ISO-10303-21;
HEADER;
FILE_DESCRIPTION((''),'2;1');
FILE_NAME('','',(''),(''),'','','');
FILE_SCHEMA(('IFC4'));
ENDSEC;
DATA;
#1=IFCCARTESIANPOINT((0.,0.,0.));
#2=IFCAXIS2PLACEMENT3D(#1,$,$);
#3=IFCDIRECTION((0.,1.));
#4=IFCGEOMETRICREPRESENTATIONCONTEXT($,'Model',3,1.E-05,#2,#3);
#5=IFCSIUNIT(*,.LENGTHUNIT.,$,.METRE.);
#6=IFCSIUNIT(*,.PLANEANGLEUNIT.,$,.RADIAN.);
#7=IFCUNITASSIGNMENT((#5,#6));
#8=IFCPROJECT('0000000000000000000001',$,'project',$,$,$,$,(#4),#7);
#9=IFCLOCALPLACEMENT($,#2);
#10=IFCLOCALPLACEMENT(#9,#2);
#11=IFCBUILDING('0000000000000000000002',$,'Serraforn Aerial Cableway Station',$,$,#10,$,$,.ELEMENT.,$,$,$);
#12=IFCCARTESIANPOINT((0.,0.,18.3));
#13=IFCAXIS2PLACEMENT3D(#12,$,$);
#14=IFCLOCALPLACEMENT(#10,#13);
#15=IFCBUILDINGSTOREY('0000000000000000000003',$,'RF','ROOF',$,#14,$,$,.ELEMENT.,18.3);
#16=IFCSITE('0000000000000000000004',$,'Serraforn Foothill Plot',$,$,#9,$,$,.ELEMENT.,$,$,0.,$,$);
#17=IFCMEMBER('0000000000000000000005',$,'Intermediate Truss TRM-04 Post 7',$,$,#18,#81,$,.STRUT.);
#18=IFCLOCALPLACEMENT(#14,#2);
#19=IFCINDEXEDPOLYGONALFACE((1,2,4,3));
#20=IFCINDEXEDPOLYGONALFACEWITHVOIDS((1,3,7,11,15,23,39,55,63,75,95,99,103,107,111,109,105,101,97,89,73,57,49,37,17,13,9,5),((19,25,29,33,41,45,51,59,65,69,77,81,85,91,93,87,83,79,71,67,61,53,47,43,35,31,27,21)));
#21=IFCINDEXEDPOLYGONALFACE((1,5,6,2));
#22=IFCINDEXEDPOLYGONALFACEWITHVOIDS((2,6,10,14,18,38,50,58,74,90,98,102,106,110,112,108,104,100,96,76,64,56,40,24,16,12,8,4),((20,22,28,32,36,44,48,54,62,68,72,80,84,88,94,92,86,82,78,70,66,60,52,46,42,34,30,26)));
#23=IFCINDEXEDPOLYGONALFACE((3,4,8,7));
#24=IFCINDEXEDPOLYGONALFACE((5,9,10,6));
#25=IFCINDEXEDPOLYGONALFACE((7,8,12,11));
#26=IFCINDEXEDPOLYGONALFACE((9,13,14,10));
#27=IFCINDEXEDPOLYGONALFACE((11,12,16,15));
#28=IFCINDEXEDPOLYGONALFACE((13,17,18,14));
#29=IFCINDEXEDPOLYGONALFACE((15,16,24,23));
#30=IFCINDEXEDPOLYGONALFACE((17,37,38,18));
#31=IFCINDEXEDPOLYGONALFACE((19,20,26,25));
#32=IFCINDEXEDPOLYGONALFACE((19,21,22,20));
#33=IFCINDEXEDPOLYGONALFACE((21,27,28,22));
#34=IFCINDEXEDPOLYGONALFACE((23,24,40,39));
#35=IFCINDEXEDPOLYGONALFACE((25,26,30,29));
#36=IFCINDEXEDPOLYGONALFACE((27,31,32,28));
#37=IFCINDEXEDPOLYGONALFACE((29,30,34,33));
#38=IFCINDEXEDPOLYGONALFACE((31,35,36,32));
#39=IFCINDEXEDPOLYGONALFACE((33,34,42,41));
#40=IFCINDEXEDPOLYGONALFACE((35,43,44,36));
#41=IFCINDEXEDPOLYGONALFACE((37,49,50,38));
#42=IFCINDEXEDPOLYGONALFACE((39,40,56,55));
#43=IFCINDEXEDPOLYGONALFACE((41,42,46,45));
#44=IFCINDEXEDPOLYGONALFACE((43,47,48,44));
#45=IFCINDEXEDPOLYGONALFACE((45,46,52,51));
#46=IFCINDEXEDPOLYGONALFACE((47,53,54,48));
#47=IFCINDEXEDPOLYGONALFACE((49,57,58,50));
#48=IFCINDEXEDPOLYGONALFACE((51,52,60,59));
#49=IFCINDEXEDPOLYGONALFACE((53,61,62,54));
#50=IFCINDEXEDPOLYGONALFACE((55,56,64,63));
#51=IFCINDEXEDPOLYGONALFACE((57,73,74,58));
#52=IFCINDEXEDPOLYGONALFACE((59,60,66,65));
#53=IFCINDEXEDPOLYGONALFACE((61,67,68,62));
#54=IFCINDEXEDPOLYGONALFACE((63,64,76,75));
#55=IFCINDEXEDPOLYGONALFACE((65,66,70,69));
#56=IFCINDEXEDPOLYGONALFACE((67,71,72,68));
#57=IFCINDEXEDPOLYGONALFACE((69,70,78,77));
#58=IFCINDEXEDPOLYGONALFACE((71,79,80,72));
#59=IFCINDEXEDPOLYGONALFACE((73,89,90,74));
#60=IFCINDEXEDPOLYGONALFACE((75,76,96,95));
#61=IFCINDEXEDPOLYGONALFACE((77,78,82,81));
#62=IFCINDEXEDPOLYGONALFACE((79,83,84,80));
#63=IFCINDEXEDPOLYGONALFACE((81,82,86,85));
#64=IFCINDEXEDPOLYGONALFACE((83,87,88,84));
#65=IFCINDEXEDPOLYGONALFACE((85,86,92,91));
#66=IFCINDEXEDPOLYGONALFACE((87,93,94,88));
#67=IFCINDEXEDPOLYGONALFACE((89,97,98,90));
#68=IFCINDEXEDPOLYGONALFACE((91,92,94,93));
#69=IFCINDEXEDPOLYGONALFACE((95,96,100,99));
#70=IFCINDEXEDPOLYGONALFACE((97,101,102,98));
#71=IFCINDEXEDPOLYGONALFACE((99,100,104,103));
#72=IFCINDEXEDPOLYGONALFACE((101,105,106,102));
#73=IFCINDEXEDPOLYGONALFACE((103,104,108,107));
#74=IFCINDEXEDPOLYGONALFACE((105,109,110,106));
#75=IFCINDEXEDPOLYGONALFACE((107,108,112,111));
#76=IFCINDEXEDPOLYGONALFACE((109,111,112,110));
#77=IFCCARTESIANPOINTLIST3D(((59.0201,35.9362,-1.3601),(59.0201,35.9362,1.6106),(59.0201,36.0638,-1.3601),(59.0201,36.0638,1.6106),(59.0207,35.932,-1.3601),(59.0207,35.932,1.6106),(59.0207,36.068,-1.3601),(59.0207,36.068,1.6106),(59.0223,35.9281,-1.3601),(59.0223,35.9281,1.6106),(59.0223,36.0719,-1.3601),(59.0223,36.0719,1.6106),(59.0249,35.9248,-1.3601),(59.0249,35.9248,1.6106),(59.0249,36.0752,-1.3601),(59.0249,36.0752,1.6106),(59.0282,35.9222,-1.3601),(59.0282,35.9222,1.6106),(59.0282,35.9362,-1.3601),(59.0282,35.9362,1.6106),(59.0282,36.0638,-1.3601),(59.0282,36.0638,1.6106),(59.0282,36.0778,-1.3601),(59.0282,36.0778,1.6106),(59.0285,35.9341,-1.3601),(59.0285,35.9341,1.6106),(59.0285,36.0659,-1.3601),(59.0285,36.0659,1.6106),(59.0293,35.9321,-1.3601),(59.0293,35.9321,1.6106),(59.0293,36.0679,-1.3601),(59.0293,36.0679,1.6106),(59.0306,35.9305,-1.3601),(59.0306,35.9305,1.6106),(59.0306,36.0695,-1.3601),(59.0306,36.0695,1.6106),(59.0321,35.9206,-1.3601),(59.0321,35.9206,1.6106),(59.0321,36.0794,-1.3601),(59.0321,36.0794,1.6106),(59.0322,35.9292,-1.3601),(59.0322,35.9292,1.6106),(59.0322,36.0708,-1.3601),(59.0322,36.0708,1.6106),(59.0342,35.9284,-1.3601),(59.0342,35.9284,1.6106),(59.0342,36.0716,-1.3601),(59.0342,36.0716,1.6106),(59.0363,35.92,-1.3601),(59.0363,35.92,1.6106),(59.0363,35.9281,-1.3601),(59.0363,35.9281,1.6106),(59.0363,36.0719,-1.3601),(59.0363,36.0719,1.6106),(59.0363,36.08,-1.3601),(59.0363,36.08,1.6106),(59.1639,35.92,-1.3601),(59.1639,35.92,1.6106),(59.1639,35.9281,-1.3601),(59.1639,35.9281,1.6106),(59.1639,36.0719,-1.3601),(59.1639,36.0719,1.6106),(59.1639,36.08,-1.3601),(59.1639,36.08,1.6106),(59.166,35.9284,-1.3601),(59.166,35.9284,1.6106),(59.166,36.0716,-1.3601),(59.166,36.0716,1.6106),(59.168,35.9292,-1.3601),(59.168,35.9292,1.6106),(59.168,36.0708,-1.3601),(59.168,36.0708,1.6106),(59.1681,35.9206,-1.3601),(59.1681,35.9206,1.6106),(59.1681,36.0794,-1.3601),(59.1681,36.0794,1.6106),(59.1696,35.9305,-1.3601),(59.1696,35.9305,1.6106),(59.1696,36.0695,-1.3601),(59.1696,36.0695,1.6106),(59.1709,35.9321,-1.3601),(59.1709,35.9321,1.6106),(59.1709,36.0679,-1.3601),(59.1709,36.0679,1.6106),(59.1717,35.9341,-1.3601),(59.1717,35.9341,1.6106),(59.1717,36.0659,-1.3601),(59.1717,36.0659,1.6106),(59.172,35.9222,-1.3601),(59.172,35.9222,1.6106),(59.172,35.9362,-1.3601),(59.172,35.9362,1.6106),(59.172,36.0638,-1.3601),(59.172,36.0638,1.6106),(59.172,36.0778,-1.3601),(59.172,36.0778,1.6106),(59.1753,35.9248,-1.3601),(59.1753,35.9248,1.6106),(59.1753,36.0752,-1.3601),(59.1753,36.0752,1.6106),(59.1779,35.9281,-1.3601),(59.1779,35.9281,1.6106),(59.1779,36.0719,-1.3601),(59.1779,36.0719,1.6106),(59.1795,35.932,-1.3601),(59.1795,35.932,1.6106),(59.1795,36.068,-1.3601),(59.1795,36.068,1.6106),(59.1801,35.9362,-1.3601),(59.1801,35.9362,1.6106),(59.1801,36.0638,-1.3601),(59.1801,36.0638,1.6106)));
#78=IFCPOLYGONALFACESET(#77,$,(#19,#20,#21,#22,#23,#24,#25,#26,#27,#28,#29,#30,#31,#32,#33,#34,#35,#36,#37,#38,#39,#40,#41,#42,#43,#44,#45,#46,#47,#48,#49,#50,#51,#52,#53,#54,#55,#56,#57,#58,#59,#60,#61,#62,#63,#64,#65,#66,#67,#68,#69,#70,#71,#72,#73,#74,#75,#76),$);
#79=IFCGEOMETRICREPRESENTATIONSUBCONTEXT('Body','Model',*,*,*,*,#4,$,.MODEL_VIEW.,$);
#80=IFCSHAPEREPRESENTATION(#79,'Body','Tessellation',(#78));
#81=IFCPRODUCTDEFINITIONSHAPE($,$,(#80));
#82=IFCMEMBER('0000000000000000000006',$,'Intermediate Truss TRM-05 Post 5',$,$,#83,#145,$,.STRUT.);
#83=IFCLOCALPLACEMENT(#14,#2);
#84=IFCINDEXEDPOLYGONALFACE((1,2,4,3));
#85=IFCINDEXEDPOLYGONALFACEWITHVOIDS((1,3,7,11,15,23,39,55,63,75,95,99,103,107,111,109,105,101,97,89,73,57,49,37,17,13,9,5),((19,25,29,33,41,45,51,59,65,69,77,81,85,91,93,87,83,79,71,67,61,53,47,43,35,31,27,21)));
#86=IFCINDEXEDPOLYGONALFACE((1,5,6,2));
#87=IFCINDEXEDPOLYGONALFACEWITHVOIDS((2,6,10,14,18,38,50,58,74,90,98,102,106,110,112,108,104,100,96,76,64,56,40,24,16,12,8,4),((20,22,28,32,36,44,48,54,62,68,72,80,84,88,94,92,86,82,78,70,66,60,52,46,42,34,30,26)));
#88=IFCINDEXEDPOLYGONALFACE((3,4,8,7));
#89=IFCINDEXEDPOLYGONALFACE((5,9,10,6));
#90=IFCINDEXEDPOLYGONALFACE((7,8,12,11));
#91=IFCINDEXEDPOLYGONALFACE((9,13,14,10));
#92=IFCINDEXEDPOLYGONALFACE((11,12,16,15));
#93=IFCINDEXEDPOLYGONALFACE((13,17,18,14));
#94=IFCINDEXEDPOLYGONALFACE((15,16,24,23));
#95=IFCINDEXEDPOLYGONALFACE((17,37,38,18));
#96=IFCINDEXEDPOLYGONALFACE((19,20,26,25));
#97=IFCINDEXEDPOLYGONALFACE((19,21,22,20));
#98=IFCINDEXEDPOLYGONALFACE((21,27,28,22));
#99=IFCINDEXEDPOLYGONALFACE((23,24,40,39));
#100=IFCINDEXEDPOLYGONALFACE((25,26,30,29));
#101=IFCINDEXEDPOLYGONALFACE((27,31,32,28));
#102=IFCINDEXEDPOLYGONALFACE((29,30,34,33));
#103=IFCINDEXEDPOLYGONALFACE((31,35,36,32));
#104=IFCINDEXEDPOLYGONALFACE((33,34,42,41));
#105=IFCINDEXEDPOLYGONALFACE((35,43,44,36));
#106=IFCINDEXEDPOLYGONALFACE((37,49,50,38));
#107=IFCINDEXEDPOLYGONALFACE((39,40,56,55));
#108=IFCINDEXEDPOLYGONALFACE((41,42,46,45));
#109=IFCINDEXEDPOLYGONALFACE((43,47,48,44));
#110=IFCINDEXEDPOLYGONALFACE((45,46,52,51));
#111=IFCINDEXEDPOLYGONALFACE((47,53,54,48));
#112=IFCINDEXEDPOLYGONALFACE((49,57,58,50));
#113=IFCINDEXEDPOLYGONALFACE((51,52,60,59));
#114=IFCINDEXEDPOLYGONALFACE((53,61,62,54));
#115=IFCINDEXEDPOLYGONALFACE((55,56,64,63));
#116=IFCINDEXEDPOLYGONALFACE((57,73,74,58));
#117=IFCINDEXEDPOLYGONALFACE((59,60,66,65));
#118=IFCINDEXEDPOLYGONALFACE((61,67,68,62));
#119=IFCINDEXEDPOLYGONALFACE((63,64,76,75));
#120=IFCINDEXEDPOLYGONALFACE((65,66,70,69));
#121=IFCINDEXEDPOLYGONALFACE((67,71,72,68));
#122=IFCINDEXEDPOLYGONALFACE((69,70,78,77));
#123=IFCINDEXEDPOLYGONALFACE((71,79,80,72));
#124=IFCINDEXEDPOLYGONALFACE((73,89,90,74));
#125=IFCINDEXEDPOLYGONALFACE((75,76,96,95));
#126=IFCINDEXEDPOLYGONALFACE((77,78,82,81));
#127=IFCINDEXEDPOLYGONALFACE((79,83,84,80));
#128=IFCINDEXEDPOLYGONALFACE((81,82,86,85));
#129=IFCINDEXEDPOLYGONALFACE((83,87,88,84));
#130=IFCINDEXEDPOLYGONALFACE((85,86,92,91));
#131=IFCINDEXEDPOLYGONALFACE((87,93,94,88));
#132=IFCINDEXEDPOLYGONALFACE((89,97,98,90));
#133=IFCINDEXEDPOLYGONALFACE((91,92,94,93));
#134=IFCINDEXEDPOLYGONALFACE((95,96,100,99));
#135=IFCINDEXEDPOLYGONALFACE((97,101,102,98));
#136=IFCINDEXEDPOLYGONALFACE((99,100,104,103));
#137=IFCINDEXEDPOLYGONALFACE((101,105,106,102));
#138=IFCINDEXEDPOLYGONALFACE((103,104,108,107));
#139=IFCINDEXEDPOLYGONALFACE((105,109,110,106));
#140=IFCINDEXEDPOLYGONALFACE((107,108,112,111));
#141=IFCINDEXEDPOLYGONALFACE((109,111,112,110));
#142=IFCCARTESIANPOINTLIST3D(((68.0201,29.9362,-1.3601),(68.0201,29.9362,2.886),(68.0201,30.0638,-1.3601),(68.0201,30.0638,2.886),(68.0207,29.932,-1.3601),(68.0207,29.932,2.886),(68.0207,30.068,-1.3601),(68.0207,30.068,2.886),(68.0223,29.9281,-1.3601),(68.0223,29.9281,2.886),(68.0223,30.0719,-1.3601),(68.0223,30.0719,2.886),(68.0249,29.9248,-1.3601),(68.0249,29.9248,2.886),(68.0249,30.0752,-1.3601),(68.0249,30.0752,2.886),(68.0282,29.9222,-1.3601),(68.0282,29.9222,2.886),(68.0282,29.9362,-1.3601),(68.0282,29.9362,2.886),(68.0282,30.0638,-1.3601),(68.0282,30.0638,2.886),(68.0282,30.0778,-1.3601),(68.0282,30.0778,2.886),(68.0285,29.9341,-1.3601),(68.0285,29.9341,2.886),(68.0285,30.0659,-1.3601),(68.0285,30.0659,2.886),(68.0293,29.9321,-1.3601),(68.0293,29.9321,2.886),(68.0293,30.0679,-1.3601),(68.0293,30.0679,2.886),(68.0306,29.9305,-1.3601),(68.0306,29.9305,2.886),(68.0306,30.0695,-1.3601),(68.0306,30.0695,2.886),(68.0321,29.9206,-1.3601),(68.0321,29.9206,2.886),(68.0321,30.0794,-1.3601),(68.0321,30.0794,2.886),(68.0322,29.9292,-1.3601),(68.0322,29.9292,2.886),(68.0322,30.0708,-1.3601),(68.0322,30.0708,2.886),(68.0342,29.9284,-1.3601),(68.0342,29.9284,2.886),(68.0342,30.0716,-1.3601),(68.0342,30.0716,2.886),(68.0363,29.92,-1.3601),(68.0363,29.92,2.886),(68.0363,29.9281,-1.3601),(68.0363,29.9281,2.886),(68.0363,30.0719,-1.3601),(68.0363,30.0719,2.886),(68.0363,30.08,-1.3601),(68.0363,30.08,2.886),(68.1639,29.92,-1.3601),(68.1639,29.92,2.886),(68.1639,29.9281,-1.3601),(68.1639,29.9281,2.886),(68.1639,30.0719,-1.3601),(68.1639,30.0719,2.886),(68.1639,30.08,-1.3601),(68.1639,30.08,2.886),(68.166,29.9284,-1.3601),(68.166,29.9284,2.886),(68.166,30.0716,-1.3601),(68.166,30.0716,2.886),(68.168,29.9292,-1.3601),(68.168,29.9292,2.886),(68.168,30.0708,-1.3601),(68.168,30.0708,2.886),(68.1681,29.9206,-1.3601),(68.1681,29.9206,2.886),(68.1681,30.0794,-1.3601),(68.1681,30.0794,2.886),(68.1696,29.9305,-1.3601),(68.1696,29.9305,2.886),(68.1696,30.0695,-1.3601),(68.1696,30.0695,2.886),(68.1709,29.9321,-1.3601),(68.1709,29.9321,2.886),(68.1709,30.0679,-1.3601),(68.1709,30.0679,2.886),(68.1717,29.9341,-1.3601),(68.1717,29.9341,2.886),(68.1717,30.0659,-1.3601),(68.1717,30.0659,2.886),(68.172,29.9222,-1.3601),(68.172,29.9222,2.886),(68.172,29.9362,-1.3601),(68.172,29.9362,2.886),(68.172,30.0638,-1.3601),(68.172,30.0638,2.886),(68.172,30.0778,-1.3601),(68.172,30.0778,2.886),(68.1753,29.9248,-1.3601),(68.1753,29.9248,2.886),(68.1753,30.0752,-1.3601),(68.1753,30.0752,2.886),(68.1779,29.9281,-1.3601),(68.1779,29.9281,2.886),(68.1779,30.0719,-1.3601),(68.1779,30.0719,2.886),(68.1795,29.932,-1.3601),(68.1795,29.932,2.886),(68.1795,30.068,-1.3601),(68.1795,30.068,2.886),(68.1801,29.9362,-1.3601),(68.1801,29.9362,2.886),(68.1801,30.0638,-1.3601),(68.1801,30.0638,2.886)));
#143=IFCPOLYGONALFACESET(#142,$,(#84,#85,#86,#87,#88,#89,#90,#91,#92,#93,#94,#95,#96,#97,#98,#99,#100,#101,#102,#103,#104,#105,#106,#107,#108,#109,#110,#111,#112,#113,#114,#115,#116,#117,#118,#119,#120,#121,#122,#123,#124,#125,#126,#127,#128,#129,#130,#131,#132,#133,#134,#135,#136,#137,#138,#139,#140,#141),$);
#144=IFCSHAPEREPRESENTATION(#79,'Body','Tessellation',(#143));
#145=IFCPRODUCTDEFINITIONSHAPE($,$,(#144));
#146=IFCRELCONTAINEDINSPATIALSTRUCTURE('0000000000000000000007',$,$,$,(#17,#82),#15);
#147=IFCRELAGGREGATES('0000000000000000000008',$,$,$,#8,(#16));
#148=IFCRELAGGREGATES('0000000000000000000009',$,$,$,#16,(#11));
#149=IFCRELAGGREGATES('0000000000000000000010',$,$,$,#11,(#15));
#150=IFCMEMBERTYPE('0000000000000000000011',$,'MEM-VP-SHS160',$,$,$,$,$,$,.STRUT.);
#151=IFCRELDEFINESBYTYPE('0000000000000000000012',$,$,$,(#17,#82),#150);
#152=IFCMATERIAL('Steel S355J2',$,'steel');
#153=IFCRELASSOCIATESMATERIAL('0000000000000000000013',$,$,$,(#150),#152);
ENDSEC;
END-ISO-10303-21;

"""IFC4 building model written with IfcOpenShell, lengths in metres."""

from ifc_helpers import new_model, si_unit, direction, frame, origin, origin_2d, place, context, subcontext, project, spatial, hollow_rectangle, extrude, material, material_profile, profile_set, type_object, element, save


model = new_model("IFC4")

# Units and contexts
model_context = context("Model", 3, precision=1e-05, world=origin(), true_north=direction((0.0, 1.0)))
body_context = subcontext(model_context, "Body", "Model", "MODEL_VIEW")
ifc_project = project(units=[si_unit("LENGTHUNIT", "METRE"), si_unit("PLANEANGLEUNIT", "RADIAN")], contexts=[model_context])

# Site, building, storey
site_placement = place(None, origin())
site = spatial("IfcSite", under=ifc_project, at=site_placement, Name="Serraforn Foothill Plot", CompositionType="ELEMENT", RefElevation=0.0)
building_placement = place(site_placement, origin())
building = spatial("IfcBuilding", under=site, at=building_placement, Name="Serraforn Aerial Cableway Station", CompositionType="ELEMENT")
storey_placement = place(building_placement, frame((0.0, 0.0, 18.3)))
storey = spatial("IfcBuildingStorey", under=building, at=storey_placement, Name="RF", Description="ROOF", CompositionType="ELEMENT", Elevation=18.3)

# Members
ifc_material_1 = material(Name="Steel S355J2", Category="steel")
ifc_material_profile_1 = material_profile(ifc_material_1, hollow_rectangle(XDim=0.1599, YDim=0.1599, WallThickness=0.0081, InnerFilletRadius=0.0081, OuterFilletRadius=0.0161, at=origin_2d()), Name="SHS 160x160x8.0")
ifc_profile_set_1 = profile_set([ifc_material_profile_1], Name="Steel S355J2")
member_type_1 = type_object("IfcMemberType", Name="MEM-VP-SHS160", PredefinedType="STRUT", material=ifc_profile_set_1)
for number, where, z_axis, x_axis, name in (
    (1, (59.1001, 36.0, -1.3601), (0.0, 0.0, 1.0), (1.0, 0.0, 0.0), "Intermediate Truss TRM-04 Post 7"),
):
    element("IfcMember", number, at=place(storey_placement, frame(where, z_axis=z_axis, x_axis=x_axis)), inside=storey, type_object=member_type_1, Name=name, PredefinedType="STRUT", context=body_context, shape_type="SweptSolid", body=[
        extrude(hollow_rectangle(XDim=0.1599, YDim=0.1599, WallThickness=0.0081, InnerFilletRadius=0.0081, OuterFilletRadius=0.0161, at=origin_2d()), origin(), (0.0, 0.0, 1.0), 2.9707),
    ])
member_1_placement = place(storey_placement, frame((68.1001, 30.0, -1.3601), z_axis=(0.0, 0.0, 1.0), x_axis=(1.0, 0.0, 0.0)))
element("IfcMember", 2, at=member_1_placement, inside=storey, type_object=member_type_1, Name="Intermediate Truss TRM-05 Post 5", PredefinedType="STRUT", context=body_context, shape_type="SweptSolid", body=[
    extrude(hollow_rectangle(XDim=0.1599, YDim=0.1599, WallThickness=0.0081, InnerFilletRadius=0.0081, OuterFilletRadius=0.0161, at=origin_2d()), origin(), (0.0, 0.0, 1.0), 4.2461),
])

save(model, "model.ifc")
